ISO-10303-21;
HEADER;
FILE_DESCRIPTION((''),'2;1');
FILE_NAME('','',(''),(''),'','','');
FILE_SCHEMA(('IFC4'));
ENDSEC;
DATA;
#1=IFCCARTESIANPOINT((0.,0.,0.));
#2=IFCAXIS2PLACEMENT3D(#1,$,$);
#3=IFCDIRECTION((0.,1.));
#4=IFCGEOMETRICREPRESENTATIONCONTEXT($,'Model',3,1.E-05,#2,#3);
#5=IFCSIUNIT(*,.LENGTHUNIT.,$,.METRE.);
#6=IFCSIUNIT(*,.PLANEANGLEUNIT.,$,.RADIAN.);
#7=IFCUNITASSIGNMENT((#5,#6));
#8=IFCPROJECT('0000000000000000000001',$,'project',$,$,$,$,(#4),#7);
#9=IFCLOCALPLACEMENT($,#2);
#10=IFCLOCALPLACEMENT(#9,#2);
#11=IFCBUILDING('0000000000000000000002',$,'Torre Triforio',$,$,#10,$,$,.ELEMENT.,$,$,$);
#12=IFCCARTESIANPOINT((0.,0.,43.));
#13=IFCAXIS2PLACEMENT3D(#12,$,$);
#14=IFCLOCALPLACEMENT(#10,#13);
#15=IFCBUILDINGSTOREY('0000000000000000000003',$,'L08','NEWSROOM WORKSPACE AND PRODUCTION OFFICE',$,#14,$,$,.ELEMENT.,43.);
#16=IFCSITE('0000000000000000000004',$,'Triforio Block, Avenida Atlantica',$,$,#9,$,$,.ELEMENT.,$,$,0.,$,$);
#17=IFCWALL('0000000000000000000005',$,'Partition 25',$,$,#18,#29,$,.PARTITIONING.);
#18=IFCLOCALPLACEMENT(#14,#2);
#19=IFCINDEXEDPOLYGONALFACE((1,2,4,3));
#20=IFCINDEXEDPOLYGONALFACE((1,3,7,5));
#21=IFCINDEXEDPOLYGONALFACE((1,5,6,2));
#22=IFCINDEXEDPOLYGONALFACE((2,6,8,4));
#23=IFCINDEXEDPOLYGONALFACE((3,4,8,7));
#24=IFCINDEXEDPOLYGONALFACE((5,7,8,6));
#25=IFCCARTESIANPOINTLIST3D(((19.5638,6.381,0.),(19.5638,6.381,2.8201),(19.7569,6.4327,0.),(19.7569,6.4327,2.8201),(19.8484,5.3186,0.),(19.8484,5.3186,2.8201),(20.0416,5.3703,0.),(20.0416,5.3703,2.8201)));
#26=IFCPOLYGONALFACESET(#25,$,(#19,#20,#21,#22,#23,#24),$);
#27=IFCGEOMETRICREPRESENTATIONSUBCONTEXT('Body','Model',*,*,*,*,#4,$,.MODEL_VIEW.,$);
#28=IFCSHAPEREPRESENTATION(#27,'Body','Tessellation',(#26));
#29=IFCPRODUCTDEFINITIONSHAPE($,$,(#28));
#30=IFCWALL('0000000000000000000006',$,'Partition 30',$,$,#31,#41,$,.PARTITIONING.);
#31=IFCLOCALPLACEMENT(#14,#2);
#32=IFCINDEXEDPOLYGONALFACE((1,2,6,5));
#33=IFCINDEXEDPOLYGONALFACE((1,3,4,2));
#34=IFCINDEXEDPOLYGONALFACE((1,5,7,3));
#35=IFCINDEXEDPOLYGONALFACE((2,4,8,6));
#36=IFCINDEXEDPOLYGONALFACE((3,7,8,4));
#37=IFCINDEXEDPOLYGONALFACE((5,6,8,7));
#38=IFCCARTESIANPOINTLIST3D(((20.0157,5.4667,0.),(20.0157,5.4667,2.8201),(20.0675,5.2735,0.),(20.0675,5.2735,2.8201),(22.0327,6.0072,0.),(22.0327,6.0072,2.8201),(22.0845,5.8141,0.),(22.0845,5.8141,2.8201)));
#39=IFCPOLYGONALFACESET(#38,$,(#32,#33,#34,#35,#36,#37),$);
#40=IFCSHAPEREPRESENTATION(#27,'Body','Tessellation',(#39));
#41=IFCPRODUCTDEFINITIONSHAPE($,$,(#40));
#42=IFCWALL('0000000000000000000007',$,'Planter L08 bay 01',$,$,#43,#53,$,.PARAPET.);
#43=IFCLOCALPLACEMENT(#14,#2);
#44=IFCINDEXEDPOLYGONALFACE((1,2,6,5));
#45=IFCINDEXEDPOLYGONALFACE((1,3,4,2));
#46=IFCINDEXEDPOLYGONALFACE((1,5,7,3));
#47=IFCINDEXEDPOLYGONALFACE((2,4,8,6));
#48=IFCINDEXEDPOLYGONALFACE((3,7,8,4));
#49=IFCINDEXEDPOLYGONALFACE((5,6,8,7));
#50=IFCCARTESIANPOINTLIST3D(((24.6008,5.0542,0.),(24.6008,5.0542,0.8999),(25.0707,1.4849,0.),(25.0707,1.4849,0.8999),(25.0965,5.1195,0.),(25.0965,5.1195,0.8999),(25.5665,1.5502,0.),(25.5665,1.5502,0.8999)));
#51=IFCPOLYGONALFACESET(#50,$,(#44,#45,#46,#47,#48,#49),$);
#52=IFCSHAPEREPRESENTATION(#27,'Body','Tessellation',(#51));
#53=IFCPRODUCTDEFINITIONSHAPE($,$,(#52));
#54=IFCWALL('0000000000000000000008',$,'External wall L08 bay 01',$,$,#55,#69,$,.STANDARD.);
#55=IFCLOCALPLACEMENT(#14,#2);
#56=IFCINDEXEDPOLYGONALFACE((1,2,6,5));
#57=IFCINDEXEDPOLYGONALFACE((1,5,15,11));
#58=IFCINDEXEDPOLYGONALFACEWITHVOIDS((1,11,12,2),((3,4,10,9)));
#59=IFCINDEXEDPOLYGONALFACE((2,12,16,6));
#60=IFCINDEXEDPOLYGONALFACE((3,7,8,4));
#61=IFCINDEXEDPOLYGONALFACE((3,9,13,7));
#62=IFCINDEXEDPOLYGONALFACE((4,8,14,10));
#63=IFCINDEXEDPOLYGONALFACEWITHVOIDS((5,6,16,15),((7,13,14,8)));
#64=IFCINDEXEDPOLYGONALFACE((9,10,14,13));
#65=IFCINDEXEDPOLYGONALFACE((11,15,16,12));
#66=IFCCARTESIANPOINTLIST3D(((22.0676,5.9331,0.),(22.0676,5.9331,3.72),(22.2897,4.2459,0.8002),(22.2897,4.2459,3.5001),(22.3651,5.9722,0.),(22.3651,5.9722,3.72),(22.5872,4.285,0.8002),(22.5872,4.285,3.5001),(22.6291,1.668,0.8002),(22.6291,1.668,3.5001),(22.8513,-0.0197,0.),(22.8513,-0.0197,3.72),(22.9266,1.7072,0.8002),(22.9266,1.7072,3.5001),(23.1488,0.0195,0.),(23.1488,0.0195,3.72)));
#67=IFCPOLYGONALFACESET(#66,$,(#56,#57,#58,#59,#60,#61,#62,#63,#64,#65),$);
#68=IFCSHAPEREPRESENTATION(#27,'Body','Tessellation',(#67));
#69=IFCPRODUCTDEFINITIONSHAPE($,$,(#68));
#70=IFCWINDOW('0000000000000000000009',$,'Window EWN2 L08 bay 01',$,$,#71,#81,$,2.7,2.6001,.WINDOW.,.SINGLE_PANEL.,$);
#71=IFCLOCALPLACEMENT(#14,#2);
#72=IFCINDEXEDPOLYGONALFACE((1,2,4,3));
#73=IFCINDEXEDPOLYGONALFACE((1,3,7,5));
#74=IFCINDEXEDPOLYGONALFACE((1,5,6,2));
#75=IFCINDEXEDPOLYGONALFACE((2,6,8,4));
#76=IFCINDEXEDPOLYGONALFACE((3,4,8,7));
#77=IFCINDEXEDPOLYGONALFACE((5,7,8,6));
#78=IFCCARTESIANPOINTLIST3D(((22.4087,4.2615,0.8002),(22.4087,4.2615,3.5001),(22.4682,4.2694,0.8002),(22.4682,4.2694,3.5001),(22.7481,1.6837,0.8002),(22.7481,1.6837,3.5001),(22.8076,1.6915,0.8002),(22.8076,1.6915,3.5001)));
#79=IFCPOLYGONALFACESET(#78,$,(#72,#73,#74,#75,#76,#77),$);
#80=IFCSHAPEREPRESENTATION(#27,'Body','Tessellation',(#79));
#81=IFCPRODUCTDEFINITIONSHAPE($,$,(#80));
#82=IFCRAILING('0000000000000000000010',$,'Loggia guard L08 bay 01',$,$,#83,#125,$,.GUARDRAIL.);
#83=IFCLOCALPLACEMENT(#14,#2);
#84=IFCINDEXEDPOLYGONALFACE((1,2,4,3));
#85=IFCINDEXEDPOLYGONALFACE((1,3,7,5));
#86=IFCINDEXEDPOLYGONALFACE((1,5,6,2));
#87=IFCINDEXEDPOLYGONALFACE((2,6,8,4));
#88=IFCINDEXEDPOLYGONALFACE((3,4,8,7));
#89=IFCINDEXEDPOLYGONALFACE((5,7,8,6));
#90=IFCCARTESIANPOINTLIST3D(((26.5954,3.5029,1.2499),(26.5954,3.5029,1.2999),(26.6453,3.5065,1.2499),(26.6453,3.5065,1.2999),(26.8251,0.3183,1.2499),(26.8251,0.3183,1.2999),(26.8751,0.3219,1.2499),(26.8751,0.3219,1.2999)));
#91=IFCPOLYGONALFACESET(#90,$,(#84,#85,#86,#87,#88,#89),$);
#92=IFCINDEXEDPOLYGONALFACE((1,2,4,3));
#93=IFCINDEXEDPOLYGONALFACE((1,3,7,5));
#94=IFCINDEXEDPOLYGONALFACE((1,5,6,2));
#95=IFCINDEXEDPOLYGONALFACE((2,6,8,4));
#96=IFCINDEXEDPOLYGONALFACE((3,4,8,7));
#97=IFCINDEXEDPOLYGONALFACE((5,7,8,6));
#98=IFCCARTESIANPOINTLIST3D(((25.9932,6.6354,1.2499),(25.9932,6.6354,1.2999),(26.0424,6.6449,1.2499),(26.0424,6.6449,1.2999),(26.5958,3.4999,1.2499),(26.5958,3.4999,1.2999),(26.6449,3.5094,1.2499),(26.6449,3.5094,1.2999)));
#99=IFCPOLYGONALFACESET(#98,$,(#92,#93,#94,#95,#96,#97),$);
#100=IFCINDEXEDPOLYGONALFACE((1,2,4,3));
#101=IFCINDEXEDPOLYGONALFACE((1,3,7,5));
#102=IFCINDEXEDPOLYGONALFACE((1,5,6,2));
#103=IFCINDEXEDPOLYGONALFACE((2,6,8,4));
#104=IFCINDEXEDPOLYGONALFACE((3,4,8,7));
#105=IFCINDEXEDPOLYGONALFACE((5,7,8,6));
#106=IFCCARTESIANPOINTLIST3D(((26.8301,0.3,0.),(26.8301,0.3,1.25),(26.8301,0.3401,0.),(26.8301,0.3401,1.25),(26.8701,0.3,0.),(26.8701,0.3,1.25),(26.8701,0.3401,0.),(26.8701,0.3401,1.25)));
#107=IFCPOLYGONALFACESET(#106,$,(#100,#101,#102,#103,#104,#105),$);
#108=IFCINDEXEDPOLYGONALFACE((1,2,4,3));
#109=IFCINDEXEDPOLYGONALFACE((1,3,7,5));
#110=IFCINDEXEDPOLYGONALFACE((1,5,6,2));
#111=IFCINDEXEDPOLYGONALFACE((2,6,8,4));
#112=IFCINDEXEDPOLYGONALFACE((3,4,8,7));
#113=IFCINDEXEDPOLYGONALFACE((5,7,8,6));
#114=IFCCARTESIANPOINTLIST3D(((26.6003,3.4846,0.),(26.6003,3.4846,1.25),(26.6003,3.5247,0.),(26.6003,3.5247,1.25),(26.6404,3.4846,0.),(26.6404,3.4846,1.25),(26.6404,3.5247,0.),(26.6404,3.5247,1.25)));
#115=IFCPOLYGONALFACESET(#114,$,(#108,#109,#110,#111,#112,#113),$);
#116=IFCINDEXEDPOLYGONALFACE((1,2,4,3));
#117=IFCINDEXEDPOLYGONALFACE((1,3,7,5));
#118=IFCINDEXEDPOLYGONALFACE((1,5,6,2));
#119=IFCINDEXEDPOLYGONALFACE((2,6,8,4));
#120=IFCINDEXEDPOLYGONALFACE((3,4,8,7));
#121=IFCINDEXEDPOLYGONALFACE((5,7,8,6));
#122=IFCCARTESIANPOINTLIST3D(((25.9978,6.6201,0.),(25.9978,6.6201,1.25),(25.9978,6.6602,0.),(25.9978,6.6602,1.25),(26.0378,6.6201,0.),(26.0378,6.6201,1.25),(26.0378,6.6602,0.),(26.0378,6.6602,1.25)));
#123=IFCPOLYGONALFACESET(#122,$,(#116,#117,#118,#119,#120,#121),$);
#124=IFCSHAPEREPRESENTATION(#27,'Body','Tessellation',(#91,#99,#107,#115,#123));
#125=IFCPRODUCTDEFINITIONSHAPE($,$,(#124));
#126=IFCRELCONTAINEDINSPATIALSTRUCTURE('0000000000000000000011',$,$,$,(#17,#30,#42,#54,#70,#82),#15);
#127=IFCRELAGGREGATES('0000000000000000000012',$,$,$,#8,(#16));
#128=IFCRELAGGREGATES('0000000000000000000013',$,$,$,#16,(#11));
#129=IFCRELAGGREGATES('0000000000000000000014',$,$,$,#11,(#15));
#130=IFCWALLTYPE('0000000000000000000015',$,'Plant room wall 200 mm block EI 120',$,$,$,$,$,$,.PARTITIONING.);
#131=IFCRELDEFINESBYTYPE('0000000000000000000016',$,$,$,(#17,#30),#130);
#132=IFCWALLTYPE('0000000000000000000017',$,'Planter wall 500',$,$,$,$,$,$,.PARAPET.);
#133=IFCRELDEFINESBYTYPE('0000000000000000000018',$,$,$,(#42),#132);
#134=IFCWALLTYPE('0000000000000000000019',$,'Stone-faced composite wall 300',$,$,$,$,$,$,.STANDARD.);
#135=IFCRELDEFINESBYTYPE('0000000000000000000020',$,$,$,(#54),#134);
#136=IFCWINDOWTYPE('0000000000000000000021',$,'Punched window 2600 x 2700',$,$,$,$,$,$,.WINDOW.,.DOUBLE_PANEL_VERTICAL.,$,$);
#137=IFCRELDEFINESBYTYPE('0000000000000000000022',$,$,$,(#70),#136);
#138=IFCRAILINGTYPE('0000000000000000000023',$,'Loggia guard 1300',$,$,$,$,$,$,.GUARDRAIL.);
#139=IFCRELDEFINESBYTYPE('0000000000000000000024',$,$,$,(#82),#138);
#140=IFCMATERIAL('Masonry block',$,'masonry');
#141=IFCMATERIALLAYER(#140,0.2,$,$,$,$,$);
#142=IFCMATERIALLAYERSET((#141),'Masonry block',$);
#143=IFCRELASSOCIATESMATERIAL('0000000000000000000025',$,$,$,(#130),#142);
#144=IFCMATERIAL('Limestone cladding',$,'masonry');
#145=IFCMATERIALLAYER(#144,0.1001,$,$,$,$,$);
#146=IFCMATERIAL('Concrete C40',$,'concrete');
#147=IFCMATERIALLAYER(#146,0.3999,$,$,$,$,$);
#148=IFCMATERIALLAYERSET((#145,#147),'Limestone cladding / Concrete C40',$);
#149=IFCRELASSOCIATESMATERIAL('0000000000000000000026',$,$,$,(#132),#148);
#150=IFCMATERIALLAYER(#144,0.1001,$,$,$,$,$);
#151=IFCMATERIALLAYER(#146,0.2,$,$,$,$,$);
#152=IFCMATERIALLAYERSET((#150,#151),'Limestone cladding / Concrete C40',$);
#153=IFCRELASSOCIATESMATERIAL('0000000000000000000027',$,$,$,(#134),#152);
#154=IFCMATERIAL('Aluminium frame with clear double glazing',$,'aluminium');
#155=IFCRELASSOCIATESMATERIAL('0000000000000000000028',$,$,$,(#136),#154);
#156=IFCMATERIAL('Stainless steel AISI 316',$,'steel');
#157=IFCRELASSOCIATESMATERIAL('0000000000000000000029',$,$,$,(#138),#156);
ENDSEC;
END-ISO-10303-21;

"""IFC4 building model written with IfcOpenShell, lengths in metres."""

from ifc_helpers import new_model, si_unit, direction, frame, frame_2d, origin, origin_2d, place, context, subcontext, project, spatial, rectangle, extrude, material, layer, layer_set, type_object, element, fill, save


model = new_model("IFC4")

# Units and contexts
model_context = context("Model", 3, precision=1e-05, world=origin(), true_north=direction((0.0, 1.0)))
body_context = subcontext(model_context, "Body", "Model", "MODEL_VIEW")
ifc_project = project(units=[si_unit("LENGTHUNIT", "METRE"), si_unit("PLANEANGLEUNIT", "RADIAN")], contexts=[model_context])

# Site, building, storey
site_placement = place(None, origin())
site = spatial("IfcSite", under=ifc_project, at=site_placement, Name="Triforio Block, Avenida Atlantica", CompositionType="ELEMENT", RefElevation=0.0)
building_placement = place(site_placement, origin())
building = spatial("IfcBuilding", under=site, at=building_placement, Name="Torre Triforio", CompositionType="ELEMENT")
storey_placement = place(building_placement, frame((0.0, 0.0, 43.0)))
storey = spatial("IfcBuildingStorey", under=building, at=storey_placement, Name="L08", Description="NEWSROOM WORKSPACE AND PRODUCTION OFFICE", CompositionType="ELEMENT", Elevation=43.0)

# Shared definitions
ifc_material_1 = material(Name="Masonry block", Category="masonry")
ifc_layer_1 = layer(ifc_material_1, 0.2)
ifc_layer_set_1 = layer_set([ifc_layer_1], Name="Masonry block")
wall_type_1 = type_object("IfcWallType", Name="Plant room wall 200 mm block EI 120", PredefinedType="PARTITIONING", material=ifc_layer_set_1)

# Walls
wall_1_placement = place(storey_placement, frame((19.6604, 6.4067, 0.0), z_axis=(0.0, 0.0, 1.0), x_axis=(0.258795, -0.965932, 0.0)))
element("IfcWall", 1, at=wall_1_placement, inside=storey, type_object=wall_type_1, Name="Partition 25", PredefinedType="PARTITIONING", context=body_context, shape_type="SweptSolid", body=[
    extrude(rectangle(XDim=1.0999, YDim=0.2, at=frame_2d((0.5498, 0.0))), origin(), (0.0, 0.0, 1.0), 2.8201),
])
wall_2_placement = place(storey_placement, frame((20.0417, 5.3701, 0.0), z_axis=(0.0, 0.0, 1.0), x_axis=(0.965912, 0.258871, 0.0)))
element("IfcWall", 2, at=wall_2_placement, inside=storey, type_object=wall_type_1, Name="Partition 30", PredefinedType="PARTITIONING", context=body_context, shape_type="SweptSolid", body=[
    extrude(rectangle(XDim=2.0881, YDim=0.2, at=frame_2d((1.0439, 0.0))), origin(), (0.0, 0.0, 1.0), 2.8201),
])
ifc_material_2 = material(Name="Limestone cladding", Category="masonry")
ifc_layer_2 = layer(ifc_material_2, 0.1001)
ifc_material_3 = material(Name="Concrete C40", Category="concrete")
ifc_layer_3 = layer(ifc_material_3, 0.3999)
ifc_layer_set_2 = layer_set([ifc_layer_2, ifc_layer_3], Name="Limestone cladding / Concrete C40")
wall_type_2 = type_object("IfcWallType", Name="Planter wall 500", PredefinedType="PARAPET", material=ifc_layer_set_2)
wall_3_placement = place(storey_placement, frame((25.3186, 1.5176, 0.0), z_axis=(0.0, 0.0, 1.0), x_axis=(-0.130542, 0.991443, 0.0)))
element("IfcWall", 3, at=wall_3_placement, inside=storey, type_object=wall_type_2, Name="Planter L08 bay 01", PredefinedType="PARAPET", context=body_context, shape_type="SweptSolid", body=[
    extrude(rectangle(XDim=3.6001, YDim=0.5, at=frame_2d((1.8, 0.0))), origin(), (0.0, 0.0, 1.0), 0.8999),
])

# Wall, opening, window
ifc_layer_4 = layer(ifc_material_2, 0.1001)
ifc_layer_5 = layer(ifc_material_3, 0.2)
ifc_layer_set_3 = layer_set([ifc_layer_4, ifc_layer_5], Name="Limestone cladding / Concrete C40")
wall_type_3 = type_object("IfcWallType", Name="Stone-faced composite wall 300", PredefinedType="STANDARD", material=ifc_layer_set_3)
wall_4_placement = place(storey_placement, frame((23.0, 0.0, 0.0), z_axis=(0.0, 0.0, 1.0), x_axis=(-0.130523, 0.991445, 0.0)))
wall_4 = element("IfcWall", 4, at=wall_4_placement, inside=storey, type_object=wall_type_3, Name="External wall L08 bay 01", PredefinedType="STANDARD", context=body_context, shape_type="SweptSolid", body=[
    extrude(rectangle(XDim=6.0042, YDim=0.3, at=frame_2d((3.002, 0.0))), origin(), (0.0, 0.0, 1.0), 3.72),
])
opening_1_placement = place(wall_4_placement, frame((1.7021, 0.0, 0.8)))
opening_1 = element("IfcOpeningElement", 5, at=opening_1_placement, cuts=wall_4, PredefinedType="OPENING", context=body_context, shape_type="SweptSolid", body=[
    extrude(rectangle(XDim=2.6001, YDim=2.7, at=frame_2d((1.3, 1.3501))), frame((0.0, 0.1599, 0.0), z_axis=(0.0, -1.0, 0.0), x_axis=(1.0, 0.0, 0.0)), (0.0, 0.0, 1.0), 0.3201),
])
ifc_material_4 = material(Name="Aluminium frame with clear double glazing", Category="aluminium")
window_type_1 = type_object("IfcWindowType", Name="Punched window 2600 x 2700", PartitioningType="DOUBLE_PANEL_VERTICAL", PredefinedType="WINDOW", material=ifc_material_4)
window_1_placement = place(opening_1_placement, origin())
window_1 = element("IfcWindow", 6, at=window_1_placement, inside=storey, type_object=window_type_1, Name="Window EWN2 L08 bay 01", OverallHeight=2.7, OverallWidth=2.6001, PartitioningType="SINGLE_PANEL", PredefinedType="WINDOW", context=body_context, shape_type="SweptSolid", body=[
    extrude(rectangle(XDim=2.6001, YDim=2.7, at=frame_2d((1.3, 1.3501))), frame((0.0, 0.03, 0.0), z_axis=(0.0, -1.0, 0.0), x_axis=(1.0, 0.0, 0.0)), (0.0, 0.0, 1.0), 0.0601),
])
fill(opening_1, window_1)

# Railing
ifc_material_5 = material(Name="Stainless steel AISI 316", Category="steel")
railing_type = type_object("IfcRailingType", Name="Loggia guard 1300", PredefinedType="GUARDRAIL", material=ifc_material_5)
railing_placement = place(storey_placement, frame((26.8501, 0.3201, 0.0)))
element("IfcRailing", 7, at=railing_placement, inside=storey, type_object=railing_type, Name="Loggia guard L08 bay 01", PredefinedType="GUARDRAIL", context=body_context, shape_type="SweptSolid", body=[
    extrude(rectangle(XDim=0.05, YDim=0.05, at=origin_2d()), frame((0.0, 0.0, 1.2749), z_axis=(-0.071953, 0.997408, 0.0), x_axis=(-0.997408, -0.071953, 0.0)), (0.0, 0.0, 1.0), 3.1929),
    extrude(rectangle(XDim=0.05, YDim=0.05, at=origin_2d()), frame((-0.2297, 3.1846, 1.2749), z_axis=(-0.188714, 0.982032, 0.0), x_axis=(-0.982032, -0.188714, 0.0)), (0.0, 0.0, 1.0), 3.1929),
    extrude(rectangle(XDim=0.04, YDim=0.04, at=origin_2d()), origin(), (0.0, 0.0, 1.0), 1.25),
    extrude(rectangle(XDim=0.04, YDim=0.04, at=origin_2d()), frame((-0.2297, 3.1846, 0.0)), (0.0, 0.0, 1.0), 1.25),
    extrude(rectangle(XDim=0.04, YDim=0.04, at=origin_2d()), frame((-0.8323, 6.3201, 0.0)), (0.0, 0.0, 1.0), 1.25),
])

save(model, "model.ifc")
